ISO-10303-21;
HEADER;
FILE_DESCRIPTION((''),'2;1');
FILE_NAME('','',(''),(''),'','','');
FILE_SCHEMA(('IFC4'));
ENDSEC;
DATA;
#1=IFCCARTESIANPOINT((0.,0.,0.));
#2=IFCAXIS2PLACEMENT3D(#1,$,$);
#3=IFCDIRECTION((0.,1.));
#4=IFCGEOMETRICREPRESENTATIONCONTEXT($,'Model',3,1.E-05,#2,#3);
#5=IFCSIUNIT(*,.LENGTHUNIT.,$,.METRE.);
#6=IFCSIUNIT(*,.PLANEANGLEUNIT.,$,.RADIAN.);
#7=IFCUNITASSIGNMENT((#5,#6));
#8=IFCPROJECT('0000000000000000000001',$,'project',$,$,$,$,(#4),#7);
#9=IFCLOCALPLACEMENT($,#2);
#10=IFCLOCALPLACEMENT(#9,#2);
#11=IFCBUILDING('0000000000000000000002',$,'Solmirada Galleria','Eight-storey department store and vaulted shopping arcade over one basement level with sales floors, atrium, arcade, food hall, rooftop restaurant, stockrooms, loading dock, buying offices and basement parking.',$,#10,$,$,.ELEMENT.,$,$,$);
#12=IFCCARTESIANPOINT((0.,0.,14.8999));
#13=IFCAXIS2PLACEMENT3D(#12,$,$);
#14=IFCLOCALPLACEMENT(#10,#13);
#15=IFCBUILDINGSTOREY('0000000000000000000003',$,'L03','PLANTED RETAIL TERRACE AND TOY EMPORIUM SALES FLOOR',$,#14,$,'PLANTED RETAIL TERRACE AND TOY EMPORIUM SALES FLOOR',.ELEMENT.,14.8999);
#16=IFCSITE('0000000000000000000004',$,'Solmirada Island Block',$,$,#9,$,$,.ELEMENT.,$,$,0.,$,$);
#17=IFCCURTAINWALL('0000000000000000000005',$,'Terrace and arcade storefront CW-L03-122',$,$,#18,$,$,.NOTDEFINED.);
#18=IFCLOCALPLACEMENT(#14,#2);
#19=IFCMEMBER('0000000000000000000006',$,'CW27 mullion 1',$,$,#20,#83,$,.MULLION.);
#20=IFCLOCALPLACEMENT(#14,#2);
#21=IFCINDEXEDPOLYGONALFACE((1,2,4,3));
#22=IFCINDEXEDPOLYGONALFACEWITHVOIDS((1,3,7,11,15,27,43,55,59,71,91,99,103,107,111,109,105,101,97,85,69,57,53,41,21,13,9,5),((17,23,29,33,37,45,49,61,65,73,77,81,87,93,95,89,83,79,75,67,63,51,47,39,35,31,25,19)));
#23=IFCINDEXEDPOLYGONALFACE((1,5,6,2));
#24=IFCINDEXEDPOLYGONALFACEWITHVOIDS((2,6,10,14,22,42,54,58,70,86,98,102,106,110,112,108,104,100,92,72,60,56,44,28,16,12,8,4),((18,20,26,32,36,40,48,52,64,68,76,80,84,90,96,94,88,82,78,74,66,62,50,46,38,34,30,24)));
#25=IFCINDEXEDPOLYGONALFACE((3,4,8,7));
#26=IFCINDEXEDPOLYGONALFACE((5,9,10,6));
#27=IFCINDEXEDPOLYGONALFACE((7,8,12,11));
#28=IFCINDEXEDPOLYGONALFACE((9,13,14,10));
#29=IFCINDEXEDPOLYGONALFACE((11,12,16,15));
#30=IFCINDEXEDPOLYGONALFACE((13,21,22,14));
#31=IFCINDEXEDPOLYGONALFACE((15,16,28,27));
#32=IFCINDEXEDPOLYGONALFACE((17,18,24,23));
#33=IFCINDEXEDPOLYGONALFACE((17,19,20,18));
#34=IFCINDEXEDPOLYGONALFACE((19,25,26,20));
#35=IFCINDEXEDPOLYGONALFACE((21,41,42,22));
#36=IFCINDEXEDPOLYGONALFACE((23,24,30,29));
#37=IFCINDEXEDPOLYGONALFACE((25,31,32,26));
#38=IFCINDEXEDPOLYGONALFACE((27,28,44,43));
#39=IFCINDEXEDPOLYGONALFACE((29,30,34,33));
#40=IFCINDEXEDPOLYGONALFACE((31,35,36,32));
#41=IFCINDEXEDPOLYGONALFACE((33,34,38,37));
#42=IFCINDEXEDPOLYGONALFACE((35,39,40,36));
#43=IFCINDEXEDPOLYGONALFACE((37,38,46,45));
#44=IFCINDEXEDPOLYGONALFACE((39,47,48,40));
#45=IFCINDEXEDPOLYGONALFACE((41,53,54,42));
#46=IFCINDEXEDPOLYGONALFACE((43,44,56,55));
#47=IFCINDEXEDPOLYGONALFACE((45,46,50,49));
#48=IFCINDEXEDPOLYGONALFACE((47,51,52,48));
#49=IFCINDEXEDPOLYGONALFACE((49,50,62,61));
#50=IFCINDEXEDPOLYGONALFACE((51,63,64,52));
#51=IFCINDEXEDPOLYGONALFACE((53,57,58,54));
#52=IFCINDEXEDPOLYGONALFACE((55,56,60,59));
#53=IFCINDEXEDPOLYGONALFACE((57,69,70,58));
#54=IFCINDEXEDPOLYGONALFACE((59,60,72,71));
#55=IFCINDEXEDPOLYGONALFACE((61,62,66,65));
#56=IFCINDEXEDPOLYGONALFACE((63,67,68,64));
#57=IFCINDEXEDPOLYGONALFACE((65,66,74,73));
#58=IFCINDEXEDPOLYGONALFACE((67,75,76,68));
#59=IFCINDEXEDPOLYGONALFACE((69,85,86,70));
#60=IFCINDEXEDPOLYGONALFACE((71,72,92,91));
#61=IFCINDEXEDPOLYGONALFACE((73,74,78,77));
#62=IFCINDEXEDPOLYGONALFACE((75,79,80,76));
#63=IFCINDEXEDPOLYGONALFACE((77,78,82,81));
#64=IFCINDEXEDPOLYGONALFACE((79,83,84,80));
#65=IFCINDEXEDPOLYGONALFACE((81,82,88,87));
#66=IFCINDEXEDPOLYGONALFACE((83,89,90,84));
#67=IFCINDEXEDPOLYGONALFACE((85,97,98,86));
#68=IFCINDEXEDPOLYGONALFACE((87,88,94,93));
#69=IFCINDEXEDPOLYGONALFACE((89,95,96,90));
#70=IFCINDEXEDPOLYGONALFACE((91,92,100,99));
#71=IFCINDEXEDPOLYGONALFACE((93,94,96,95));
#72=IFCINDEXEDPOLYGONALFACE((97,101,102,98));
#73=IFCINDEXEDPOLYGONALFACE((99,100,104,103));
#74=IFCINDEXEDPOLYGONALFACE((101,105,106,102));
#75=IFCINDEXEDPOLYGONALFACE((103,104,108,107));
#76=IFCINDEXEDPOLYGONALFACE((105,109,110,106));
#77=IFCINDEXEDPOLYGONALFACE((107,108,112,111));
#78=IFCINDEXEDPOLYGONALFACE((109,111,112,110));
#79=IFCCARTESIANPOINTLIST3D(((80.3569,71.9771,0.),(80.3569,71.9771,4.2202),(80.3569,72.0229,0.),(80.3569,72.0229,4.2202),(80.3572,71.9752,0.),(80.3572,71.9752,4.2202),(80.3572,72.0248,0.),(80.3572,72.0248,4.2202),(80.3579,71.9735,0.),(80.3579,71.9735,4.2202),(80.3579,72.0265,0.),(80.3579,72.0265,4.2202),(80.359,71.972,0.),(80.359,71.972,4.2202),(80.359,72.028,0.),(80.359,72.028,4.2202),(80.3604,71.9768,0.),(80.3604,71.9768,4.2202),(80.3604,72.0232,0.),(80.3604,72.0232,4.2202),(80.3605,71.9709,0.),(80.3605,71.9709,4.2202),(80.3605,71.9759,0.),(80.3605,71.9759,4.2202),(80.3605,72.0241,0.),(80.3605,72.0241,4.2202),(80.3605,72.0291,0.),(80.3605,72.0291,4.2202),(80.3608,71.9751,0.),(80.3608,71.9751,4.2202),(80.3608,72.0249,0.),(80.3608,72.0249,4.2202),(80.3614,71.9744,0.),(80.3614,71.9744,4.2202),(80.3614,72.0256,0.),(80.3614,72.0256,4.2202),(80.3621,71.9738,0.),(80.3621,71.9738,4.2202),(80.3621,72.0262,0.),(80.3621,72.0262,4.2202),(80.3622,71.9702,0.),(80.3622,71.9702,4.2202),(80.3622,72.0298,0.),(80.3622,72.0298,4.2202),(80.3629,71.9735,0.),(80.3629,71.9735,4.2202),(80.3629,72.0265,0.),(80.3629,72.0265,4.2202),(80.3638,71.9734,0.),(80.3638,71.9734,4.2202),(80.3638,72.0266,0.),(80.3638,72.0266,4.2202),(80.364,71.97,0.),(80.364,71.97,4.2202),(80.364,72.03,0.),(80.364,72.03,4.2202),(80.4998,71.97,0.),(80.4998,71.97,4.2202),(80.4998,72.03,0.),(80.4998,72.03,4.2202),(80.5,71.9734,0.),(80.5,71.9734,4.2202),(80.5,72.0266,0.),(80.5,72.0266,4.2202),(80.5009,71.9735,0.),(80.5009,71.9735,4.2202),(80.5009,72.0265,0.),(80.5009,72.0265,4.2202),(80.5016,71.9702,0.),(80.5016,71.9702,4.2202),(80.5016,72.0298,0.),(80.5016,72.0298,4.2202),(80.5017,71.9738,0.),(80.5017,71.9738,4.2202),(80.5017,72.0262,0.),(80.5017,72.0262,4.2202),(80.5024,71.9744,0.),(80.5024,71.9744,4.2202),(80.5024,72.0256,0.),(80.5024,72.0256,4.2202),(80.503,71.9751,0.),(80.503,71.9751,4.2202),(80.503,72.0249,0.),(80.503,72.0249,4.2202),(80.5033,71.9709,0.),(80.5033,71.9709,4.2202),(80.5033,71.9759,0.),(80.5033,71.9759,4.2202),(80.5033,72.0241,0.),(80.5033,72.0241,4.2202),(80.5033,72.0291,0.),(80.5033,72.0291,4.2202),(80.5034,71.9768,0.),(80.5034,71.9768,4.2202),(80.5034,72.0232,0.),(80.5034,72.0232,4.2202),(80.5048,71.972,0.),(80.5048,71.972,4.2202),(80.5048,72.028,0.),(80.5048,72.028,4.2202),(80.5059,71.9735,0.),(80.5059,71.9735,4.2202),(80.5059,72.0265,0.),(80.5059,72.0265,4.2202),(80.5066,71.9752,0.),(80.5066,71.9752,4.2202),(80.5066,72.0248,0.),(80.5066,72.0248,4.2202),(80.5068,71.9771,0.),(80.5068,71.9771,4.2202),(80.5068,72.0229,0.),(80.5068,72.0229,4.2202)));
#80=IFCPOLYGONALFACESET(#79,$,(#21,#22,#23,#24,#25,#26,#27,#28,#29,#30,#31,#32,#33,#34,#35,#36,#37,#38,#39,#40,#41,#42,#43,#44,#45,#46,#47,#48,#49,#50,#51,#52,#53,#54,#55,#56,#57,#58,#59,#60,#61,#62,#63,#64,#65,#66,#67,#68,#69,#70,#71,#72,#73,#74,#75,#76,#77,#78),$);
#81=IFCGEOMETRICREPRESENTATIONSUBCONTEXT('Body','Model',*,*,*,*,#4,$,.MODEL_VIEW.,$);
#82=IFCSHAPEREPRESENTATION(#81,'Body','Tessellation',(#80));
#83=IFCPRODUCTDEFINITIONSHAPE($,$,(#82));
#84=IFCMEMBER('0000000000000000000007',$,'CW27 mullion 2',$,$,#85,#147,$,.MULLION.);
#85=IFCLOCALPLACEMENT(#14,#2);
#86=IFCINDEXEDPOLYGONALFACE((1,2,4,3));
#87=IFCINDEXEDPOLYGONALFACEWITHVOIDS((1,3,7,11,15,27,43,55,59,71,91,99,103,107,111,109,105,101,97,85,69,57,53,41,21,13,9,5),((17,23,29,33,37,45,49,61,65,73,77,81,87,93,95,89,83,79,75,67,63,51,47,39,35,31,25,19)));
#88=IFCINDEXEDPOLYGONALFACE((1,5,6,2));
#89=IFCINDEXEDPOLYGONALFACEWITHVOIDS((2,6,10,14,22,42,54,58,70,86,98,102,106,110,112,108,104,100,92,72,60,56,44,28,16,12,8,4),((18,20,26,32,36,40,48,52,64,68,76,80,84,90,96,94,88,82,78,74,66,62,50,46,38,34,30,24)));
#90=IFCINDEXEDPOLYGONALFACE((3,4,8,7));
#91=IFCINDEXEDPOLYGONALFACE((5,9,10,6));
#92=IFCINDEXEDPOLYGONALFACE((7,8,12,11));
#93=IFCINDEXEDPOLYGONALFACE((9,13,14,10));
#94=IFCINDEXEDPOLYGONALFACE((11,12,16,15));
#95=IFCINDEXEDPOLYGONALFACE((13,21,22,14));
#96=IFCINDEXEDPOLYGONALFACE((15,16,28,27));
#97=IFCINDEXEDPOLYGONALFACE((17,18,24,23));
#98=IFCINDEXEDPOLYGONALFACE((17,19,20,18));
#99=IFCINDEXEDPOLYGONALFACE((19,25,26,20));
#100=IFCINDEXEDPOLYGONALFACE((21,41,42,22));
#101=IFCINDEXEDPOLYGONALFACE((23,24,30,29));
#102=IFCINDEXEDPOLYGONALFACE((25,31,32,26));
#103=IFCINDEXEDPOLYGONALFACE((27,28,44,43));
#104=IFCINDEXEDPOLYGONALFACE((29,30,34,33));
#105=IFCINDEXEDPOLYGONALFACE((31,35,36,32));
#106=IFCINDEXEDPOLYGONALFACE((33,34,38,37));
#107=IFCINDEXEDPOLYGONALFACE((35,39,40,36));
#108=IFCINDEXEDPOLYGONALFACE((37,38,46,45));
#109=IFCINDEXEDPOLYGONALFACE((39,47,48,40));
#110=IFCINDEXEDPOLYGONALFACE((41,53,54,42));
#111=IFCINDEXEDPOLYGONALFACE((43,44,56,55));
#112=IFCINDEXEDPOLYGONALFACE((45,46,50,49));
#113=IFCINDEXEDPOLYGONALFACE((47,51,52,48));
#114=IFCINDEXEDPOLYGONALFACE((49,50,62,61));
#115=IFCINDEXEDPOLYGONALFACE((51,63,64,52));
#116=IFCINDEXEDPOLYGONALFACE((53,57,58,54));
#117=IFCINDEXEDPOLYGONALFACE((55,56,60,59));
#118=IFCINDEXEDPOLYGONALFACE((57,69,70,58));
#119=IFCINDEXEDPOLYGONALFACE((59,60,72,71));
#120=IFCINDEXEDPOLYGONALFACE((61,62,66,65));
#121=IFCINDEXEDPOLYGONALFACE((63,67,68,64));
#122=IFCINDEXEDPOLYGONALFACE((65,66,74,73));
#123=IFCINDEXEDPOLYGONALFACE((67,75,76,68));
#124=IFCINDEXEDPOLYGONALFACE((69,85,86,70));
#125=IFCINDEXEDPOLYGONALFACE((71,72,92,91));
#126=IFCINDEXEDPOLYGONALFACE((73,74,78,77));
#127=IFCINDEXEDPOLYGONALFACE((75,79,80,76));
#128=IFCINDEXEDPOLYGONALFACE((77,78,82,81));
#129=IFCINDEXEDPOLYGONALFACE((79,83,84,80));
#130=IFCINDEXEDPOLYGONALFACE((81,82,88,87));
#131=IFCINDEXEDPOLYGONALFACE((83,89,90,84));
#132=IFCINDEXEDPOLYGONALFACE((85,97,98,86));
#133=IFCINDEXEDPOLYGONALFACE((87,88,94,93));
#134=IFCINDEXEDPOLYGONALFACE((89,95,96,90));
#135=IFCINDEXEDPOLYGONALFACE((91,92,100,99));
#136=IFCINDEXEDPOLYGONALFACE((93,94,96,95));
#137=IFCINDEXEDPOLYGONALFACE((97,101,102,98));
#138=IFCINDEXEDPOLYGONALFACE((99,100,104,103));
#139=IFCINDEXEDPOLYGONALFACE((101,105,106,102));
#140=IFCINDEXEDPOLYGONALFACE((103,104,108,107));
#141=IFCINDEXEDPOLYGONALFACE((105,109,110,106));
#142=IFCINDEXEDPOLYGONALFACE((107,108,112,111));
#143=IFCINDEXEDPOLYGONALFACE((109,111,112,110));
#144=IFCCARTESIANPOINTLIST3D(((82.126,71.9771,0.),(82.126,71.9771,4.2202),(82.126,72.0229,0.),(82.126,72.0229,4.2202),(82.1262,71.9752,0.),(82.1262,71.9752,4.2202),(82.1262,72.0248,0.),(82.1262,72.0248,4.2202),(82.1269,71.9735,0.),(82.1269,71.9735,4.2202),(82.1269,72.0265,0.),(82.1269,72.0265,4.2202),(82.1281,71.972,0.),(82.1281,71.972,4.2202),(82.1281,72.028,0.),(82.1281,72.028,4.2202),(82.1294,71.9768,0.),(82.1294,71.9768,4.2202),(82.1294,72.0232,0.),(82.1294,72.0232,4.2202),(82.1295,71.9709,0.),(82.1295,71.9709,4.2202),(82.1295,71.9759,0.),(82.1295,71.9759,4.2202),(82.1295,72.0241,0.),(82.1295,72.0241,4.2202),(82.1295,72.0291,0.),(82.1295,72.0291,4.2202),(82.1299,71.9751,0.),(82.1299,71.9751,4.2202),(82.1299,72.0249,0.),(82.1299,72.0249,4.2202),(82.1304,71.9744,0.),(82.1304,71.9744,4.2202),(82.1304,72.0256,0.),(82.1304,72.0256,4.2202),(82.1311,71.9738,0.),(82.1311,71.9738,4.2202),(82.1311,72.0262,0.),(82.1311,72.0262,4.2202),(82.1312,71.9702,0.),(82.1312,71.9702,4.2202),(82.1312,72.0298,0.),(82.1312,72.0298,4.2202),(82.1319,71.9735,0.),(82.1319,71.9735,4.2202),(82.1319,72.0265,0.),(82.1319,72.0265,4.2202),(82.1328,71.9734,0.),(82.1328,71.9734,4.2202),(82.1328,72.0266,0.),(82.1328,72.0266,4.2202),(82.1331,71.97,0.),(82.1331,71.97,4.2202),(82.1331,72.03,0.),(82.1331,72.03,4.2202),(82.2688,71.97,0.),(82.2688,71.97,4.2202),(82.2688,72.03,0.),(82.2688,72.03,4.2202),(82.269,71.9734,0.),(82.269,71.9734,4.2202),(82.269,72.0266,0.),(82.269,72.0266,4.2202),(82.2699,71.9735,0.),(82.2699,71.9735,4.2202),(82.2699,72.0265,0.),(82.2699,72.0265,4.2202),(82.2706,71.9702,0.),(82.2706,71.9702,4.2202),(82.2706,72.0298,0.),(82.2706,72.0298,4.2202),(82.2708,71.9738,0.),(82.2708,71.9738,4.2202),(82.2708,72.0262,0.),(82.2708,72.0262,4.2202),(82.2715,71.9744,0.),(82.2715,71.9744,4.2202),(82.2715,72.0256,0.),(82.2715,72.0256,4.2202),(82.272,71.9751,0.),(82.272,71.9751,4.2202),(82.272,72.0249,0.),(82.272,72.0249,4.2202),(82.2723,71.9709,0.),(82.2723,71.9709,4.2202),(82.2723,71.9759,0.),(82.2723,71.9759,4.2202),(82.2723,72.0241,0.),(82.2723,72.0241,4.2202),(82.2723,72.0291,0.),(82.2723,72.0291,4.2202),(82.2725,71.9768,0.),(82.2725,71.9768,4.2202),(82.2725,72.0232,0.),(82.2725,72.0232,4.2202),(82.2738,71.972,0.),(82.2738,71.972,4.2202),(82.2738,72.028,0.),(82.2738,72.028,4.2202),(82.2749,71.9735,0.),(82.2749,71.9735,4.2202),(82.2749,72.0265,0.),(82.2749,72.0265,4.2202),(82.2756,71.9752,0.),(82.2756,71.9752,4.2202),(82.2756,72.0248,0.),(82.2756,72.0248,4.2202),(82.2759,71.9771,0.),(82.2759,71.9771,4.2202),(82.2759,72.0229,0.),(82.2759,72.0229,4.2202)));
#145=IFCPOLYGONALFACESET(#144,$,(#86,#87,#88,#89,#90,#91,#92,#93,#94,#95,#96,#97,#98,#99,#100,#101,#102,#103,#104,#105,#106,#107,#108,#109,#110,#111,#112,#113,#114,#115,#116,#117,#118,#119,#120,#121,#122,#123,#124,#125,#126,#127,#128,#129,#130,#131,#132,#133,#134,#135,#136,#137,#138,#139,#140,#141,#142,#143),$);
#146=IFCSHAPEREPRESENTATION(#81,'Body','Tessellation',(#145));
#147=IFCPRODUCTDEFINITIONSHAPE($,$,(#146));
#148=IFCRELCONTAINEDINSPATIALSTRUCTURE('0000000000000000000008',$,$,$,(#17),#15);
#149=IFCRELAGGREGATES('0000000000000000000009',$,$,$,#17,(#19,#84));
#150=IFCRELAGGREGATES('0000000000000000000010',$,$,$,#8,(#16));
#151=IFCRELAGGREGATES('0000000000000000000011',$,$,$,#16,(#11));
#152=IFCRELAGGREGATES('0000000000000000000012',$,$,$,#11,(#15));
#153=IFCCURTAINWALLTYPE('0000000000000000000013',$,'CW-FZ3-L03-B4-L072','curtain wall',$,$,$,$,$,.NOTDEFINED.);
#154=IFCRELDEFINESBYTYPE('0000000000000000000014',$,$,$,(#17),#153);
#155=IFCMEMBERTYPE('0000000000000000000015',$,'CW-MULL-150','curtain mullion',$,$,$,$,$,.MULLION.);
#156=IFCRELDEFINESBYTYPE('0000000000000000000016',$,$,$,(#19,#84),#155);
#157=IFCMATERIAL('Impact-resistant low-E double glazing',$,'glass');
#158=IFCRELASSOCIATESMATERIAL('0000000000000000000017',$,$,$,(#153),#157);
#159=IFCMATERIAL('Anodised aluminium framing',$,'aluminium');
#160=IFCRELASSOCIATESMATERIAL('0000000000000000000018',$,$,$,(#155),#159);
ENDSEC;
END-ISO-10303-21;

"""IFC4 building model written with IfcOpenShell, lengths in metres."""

from ifc_helpers import new_model, si_unit, direction, frame, origin, origin_2d, place, context, subcontext, project, spatial, hollow_rectangle, extrude, material, material_profile, profile_set, type_object, element, aggregate, save


model = new_model("IFC4")

# Units and contexts
model_context = context("Model", 3, precision=1e-05, world=origin(), true_north=direction((0.0, 1.0)))
body_context = subcontext(model_context, "Body", "Model", "MODEL_VIEW")
ifc_project = project(units=[si_unit("LENGTHUNIT", "METRE"), si_unit("PLANEANGLEUNIT", "RADIAN")], contexts=[model_context])

# Site, building, storey
site_placement = place(None, origin())
site = spatial("IfcSite", under=ifc_project, at=site_placement, Name="Solmirada Island Block", CompositionType="ELEMENT", RefElevation=0.0)
building_placement = place(site_placement, origin())
building = spatial("IfcBuilding", under=site, at=building_placement, Name="Solmirada Galleria", Description="Eight-storey department store and vaulted shopping arcade over one basement level with sales floors, atrium, arcade, food hall, rooftop restaurant, stockrooms, loading dock, buying offices and basement parking.", CompositionType="ELEMENT")
storey_placement = place(building_placement, frame((0.0, 0.0, 14.8999)))
storey = spatial("IfcBuildingStorey", under=building, at=storey_placement, Name="L03", Description="PLANTED RETAIL TERRACE AND TOY EMPORIUM SALES FLOOR", LongName="PLANTED RETAIL TERRACE AND TOY EMPORIUM SALES FLOOR", CompositionType="ELEMENT", Elevation=14.8999)

# Shared definitions
ifc_material_1 = material(Name="Impact-resistant low-E double glazing", Category="glass")
curtain_wall_type = type_object("IfcCurtainWallType", Name="CW-FZ3-L03-B4-L072", Description="curtain wall", PredefinedType="NOTDEFINED", material=ifc_material_1)
ifc_material_2 = material(Name="Anodised aluminium framing", Category="aluminium")
ifc_material_profile_1 = material_profile(ifc_material_2, hollow_rectangle(XDim=0.0601, YDim=0.1499, WallThickness=0.0034, InnerFilletRadius=0.0034, OuterFilletRadius=0.0071, at=origin_2d()), Name="ALU-MULL-150X60")
ifc_profile_set_1 = profile_set([ifc_material_profile_1], Name="Anodised aluminium framing")
member_type_1 = type_object("IfcMemberType", Name="CW-MULL-150", Description="curtain mullion", PredefinedType="MULLION", material=ifc_profile_set_1)

# Curtain wall, members
curtain_wall_1_placement = place(storey_placement, origin())
curtain_wall_1 = element("IfcCurtainWall", 1, at=curtain_wall_1_placement, inside=storey, type_object=curtain_wall_type, Name="Terrace and arcade storefront CW-L03-122", PredefinedType="NOTDEFINED")
member_1_placement = place(storey_placement, frame((80.4319, 72.0, 0.0), z_axis=(0.0, 0.0, 1.0), x_axis=(0.0, 1.0, 0.0)))
member_1 = element("IfcMember", 2, at=member_1_placement, type_object=member_type_1, Name="CW27 mullion 1", PredefinedType="MULLION", context=body_context, shape_type="SweptSolid", body=[
    extrude(hollow_rectangle(XDim=0.0601, YDim=0.1499, WallThickness=0.0034, InnerFilletRadius=0.0034, OuterFilletRadius=0.0071, at=origin_2d()), origin(), (0.0, 0.0, 1.0), 4.2202),
])
member_2_placement = place(storey_placement, frame((82.2009, 72.0, 0.0), z_axis=(0.0, 0.0, 1.0), x_axis=(0.0, 1.0, 0.0)))
member_2 = element("IfcMember", 3, at=member_2_placement, type_object=member_type_1, Name="CW27 mullion 2", PredefinedType="MULLION", context=body_context, shape_type="SweptSolid", body=[
    extrude(hollow_rectangle(XDim=0.0601, YDim=0.1499, WallThickness=0.0034, InnerFilletRadius=0.0034, OuterFilletRadius=0.0071, at=origin_2d()), origin(), (0.0, 0.0, 1.0), 4.2202),
])
aggregate(curtain_wall_1, [member_1, member_2])

save(model, "model.ifc")
